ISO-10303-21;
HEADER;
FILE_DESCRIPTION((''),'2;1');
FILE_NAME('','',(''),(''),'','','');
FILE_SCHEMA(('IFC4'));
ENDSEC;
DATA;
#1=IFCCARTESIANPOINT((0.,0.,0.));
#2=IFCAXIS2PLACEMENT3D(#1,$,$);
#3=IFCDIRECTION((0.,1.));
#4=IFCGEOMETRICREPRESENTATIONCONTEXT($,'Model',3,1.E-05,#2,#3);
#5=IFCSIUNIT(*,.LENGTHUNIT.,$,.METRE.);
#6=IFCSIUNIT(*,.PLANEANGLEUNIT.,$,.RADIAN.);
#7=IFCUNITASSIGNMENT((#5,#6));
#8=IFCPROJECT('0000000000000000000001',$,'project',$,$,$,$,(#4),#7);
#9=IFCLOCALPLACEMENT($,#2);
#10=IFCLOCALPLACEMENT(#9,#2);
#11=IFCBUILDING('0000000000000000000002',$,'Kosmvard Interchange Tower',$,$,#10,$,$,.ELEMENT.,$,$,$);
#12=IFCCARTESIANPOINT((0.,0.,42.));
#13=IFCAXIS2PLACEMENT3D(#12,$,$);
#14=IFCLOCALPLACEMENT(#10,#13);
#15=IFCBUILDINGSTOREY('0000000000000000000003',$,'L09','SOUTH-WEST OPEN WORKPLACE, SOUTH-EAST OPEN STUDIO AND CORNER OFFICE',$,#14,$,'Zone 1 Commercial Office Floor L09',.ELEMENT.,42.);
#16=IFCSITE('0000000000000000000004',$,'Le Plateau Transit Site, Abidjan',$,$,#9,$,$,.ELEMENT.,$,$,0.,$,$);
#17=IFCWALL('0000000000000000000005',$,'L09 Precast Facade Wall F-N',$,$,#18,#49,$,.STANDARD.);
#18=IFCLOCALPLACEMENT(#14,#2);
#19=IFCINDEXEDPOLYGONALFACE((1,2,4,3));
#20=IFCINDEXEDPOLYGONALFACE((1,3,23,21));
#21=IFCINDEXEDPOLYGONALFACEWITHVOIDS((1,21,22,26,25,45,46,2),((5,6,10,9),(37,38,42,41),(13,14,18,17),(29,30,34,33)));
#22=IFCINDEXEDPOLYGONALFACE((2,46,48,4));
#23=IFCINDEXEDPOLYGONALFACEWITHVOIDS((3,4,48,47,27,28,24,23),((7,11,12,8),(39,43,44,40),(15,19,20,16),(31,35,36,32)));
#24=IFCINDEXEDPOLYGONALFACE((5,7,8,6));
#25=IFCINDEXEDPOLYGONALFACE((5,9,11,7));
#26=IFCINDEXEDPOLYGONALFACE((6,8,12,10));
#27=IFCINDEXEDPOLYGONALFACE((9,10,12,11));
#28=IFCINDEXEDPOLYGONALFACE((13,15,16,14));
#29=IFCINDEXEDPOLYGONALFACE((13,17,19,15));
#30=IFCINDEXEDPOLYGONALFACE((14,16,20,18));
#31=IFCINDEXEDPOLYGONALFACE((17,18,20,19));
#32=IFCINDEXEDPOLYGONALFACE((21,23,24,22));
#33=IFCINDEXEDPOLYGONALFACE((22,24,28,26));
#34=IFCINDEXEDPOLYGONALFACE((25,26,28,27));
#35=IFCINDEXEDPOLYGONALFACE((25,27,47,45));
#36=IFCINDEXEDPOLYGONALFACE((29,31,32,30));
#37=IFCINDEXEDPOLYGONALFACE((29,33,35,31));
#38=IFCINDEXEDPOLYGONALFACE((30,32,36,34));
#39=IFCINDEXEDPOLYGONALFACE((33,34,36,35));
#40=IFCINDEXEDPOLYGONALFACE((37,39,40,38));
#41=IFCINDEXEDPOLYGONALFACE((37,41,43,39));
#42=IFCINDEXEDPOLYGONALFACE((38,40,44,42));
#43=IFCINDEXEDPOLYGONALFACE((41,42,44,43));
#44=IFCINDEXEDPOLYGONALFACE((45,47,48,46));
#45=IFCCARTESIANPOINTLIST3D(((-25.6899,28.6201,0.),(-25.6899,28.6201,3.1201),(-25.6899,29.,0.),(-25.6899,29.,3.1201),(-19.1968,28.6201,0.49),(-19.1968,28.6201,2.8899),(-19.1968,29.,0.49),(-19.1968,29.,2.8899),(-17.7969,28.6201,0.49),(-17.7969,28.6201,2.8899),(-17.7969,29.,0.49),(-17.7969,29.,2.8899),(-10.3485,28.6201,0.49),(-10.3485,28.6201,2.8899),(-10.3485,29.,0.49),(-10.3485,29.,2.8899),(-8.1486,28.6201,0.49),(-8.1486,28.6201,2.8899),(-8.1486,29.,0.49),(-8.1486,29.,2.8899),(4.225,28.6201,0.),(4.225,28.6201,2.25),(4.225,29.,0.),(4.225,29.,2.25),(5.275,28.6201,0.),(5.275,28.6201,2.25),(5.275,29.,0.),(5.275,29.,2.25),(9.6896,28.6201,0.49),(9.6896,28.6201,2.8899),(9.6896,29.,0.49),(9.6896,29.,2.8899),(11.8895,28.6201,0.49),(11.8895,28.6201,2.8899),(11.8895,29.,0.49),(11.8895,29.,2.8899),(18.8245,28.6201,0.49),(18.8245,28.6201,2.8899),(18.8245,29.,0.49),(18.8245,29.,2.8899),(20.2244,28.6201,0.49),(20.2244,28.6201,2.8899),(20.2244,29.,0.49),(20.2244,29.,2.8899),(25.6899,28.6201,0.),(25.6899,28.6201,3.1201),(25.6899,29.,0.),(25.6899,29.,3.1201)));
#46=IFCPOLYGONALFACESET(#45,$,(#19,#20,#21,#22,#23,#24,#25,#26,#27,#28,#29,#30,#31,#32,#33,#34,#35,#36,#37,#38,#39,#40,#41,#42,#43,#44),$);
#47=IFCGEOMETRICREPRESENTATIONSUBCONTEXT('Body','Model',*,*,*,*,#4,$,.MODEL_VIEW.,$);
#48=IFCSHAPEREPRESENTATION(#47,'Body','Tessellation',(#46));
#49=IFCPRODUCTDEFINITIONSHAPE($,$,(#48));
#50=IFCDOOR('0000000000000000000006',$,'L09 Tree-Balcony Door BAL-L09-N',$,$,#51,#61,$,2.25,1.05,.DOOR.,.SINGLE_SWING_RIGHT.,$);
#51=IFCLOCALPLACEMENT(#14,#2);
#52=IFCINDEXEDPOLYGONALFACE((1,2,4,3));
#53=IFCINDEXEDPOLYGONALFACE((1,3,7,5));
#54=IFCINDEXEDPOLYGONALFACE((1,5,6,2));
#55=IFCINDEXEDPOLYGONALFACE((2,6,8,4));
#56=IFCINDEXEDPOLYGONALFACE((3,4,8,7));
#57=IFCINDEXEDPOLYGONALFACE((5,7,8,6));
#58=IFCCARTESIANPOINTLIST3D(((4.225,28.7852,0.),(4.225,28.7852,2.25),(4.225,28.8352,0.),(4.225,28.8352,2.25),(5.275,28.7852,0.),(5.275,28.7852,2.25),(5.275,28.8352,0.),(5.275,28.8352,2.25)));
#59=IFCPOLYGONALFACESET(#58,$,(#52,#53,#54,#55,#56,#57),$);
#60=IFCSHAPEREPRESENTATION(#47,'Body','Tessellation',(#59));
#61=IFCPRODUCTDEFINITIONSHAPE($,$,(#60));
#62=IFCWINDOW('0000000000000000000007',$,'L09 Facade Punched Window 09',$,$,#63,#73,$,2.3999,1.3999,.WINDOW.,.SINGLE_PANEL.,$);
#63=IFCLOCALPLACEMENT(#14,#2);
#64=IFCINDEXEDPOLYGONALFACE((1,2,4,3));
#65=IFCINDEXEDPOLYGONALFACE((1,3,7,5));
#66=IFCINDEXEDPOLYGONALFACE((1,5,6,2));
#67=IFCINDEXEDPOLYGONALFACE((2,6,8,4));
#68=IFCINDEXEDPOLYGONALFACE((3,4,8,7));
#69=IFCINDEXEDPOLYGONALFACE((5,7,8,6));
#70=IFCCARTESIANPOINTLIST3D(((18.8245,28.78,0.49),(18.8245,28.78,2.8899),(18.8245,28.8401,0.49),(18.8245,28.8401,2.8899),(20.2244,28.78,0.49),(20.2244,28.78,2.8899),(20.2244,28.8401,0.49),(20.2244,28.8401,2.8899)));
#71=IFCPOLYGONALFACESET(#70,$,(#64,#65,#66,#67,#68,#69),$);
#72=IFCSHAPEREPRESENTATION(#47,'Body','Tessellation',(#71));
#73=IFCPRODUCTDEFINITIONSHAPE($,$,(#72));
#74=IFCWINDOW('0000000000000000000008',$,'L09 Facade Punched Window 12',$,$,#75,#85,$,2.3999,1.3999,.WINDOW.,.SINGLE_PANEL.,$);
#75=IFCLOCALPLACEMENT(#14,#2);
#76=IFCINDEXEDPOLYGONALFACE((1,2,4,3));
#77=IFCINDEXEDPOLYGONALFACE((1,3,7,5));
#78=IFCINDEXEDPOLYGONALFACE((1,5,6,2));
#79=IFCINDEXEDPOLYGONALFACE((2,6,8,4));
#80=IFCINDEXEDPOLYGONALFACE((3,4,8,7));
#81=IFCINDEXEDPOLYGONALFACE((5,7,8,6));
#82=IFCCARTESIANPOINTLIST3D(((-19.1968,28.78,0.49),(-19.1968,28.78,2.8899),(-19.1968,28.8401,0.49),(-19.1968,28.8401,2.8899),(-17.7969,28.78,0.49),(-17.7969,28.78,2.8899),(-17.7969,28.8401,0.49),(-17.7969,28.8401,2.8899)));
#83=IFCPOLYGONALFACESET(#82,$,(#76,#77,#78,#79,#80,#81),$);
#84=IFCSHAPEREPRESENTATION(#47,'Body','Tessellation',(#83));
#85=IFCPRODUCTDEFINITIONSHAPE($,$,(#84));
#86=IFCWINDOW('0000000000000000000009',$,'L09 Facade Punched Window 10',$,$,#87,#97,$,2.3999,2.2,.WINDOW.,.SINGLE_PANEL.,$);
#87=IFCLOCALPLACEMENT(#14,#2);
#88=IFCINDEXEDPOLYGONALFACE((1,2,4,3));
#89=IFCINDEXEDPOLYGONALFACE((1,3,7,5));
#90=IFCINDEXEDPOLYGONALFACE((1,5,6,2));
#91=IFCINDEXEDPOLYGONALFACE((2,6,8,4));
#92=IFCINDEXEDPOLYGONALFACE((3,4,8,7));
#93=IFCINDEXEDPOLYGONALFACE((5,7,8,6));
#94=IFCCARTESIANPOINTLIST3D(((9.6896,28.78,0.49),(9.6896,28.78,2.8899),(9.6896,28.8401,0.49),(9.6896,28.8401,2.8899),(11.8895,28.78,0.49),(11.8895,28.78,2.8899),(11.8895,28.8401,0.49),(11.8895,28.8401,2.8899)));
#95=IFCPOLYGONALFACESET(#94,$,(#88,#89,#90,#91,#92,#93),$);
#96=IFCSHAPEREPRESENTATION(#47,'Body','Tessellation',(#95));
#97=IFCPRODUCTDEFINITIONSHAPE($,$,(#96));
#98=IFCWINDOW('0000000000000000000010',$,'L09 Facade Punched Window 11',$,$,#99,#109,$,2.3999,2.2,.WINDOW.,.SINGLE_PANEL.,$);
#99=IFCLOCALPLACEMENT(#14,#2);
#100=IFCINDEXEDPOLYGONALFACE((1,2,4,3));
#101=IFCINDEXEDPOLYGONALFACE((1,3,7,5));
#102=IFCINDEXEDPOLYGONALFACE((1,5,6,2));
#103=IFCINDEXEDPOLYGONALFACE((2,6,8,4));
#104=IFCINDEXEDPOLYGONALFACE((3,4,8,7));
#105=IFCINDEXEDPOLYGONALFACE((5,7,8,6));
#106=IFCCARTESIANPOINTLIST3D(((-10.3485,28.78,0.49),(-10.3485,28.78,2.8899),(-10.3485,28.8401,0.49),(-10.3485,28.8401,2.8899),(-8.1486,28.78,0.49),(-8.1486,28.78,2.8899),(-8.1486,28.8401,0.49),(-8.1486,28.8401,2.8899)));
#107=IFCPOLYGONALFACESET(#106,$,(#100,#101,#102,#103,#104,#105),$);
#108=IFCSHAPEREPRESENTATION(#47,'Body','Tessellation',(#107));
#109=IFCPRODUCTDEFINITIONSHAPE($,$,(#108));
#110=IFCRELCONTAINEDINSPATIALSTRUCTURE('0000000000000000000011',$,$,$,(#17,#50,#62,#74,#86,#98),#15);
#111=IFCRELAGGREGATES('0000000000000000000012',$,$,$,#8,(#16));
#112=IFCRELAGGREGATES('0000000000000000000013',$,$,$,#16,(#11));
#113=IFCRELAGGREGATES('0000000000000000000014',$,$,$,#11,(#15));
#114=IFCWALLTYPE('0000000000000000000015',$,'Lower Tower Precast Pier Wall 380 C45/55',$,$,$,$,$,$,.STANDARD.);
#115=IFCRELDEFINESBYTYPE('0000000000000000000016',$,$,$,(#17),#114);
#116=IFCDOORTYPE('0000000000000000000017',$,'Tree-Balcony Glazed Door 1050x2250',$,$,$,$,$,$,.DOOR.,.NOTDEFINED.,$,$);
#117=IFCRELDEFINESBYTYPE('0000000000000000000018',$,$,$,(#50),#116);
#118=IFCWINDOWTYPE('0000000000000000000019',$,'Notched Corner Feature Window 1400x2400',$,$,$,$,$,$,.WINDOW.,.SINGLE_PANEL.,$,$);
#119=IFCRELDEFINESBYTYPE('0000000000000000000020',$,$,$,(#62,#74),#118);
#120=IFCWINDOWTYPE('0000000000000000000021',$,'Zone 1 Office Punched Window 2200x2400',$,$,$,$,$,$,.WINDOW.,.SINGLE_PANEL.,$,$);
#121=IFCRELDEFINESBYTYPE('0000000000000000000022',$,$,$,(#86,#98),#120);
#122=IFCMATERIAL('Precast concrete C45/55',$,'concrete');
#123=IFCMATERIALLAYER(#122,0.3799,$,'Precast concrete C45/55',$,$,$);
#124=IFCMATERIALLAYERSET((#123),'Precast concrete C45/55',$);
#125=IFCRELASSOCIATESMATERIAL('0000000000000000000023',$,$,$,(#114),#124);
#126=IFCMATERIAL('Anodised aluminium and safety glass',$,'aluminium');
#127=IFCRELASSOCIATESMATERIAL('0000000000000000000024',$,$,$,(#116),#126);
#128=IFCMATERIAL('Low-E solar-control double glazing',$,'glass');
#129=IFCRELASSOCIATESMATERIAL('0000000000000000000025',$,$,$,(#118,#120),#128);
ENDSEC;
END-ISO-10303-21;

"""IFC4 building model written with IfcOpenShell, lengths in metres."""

from ifc_helpers import new_model, si_unit, direction, frame, frame_2d, origin, place, context, subcontext, project, spatial, rectangle, extrude, source, transform, mapped, material, layer, layer_set, type_object, element, fill, save


model = new_model("IFC4")

# Units and contexts
model_context = context("Model", 3, precision=1e-05, world=origin(), true_north=direction((0.0, 1.0)))
body_context = subcontext(model_context, "Body", "Model", "MODEL_VIEW")
ifc_project = project(units=[si_unit("LENGTHUNIT", "METRE"), si_unit("PLANEANGLEUNIT", "RADIAN")], contexts=[model_context])

# Site, building, storey
site_placement = place(None, origin())
site = spatial("IfcSite", under=ifc_project, at=site_placement, Name="Le Plateau Transit Site, Abidjan", CompositionType="ELEMENT", RefElevation=0.0)
building_placement = place(site_placement, origin())
building = spatial("IfcBuilding", under=site, at=building_placement, Name="Kosmvard Interchange Tower", CompositionType="ELEMENT")
storey_placement = place(building_placement, frame((0.0, 0.0, 42.0)))
storey = spatial("IfcBuildingStorey", under=building, at=storey_placement, Name="L09", Description="SOUTH-WEST OPEN WORKPLACE, SOUTH-EAST OPEN STUDIO AND CORNER OFFICE", LongName="Zone 1 Commercial Office Floor L09", CompositionType="ELEMENT", Elevation=42.0)

# Shared definitions
ifc_material_1 = material(Name="Precast concrete C45/55", Category="concrete")

# Shared definitions
ifc_layer_1 = layer(ifc_material_1, 0.3799, Name="Precast concrete C45/55")
ifc_layer_set_1 = layer_set([ifc_layer_1], Name="Precast concrete C45/55")
wall_type = type_object("IfcWallType", Name="Lower Tower Precast Pier Wall 380 C45/55", PredefinedType="STANDARD", material=ifc_layer_set_1)

# Wall, openings, door, windows
wall_1_placement = place(storey_placement, frame((25.6899, 28.8101, 0.0), z_axis=(0.0, 0.0, 1.0), x_axis=(-1.0, 0.0, 0.0)))
wall_1 = element("IfcWall", 1, at=wall_1_placement, inside=storey, type_object=wall_type, Name="L09 Precast Facade Wall F-N", PredefinedType="STANDARD", context=body_context, shape_type="SweptSolid", body=[
    extrude(rectangle(XDim=51.3799, YDim=0.3799, at=frame_2d((25.6899, 0.0))), origin(), (0.0, 0.0, 1.0), 3.1201),
])
opening_1_placement = place(wall_1_placement, frame((20.415, 0.0, 0.0)))
opening_1 = element("IfcOpeningElement", 2, at=opening_1_placement, cuts=wall_1, PredefinedType="OPENING", context=body_context, shape_type="SweptSolid", body=[
    extrude(rectangle(XDim=1.05, YDim=2.25, at=frame_2d((0.5249, 1.125))), frame((0.0, 0.2, 0.0), z_axis=(0.0, -1.0, 0.0), x_axis=(1.0, 0.0, 0.0)), (0.0, 0.0, 1.0), 0.3999),
])
opening_2_placement = place(wall_1_placement, frame((5.4656, 0.0, 0.49)))
opening_2 = element("IfcOpeningElement", 3, at=opening_2_placement, cuts=wall_1, PredefinedType="OPENING", context=body_context, shape_type="SweptSolid", body=[
    extrude(rectangle(XDim=1.3999, YDim=2.3999, at=frame_2d((0.7, 1.2))), frame((0.0, 0.2, 0.0), z_axis=(0.0, -1.0, 0.0), x_axis=(1.0, 0.0, 0.0)), (0.0, 0.0, 1.0), 0.3999),
])
opening_3_placement = place(wall_1_placement, frame((13.8003, 0.0, 0.49)))
opening_3 = element("IfcOpeningElement", 4, at=opening_3_placement, cuts=wall_1, PredefinedType="OPENING", context=body_context, shape_type="SweptSolid", body=[
    extrude(rectangle(XDim=2.2, YDim=2.3999, at=frame_2d((1.1001, 1.2))), frame((0.0, 0.2, 0.0), z_axis=(0.0, -1.0, 0.0), x_axis=(1.0, 0.0, 0.0)), (0.0, 0.0, 1.0), 0.3999),
])
opening_4_placement = place(wall_1_placement, frame((33.8384, 0.0, 0.49)))
opening_4 = element("IfcOpeningElement", 5, at=opening_4_placement, cuts=wall_1, PredefinedType="OPENING", context=body_context, shape_type="SweptSolid", body=[
    extrude(rectangle(XDim=2.2, YDim=2.3999, at=frame_2d((1.1001, 1.2))), frame((0.0, 0.2, 0.0), z_axis=(0.0, -1.0, 0.0), x_axis=(1.0, 0.0, 0.0)), (0.0, 0.0, 1.0), 0.3999),
])
opening_5_placement = place(wall_1_placement, frame((43.4868, 0.0, 0.49)))
opening_5 = element("IfcOpeningElement", 6, at=opening_5_placement, cuts=wall_1, PredefinedType="OPENING", context=body_context, shape_type="SweptSolid", body=[
    extrude(rectangle(XDim=1.3999, YDim=2.3999, at=frame_2d((0.7, 1.2))), frame((0.0, 0.2, 0.0), z_axis=(0.0, -1.0, 0.0), x_axis=(1.0, 0.0, 0.0)), (0.0, 0.0, 1.0), 0.3999),
])
ifc_material_2 = material(Name="Anodised aluminium and safety glass", Category="aluminium")
door_type = type_object("IfcDoorType", Name="Tree-Balcony Glazed Door 1050x2250", OperationType="NOTDEFINED", PredefinedType="DOOR", material=ifc_material_2)
shared_shape_1 = source(origin(), body_context, "Body", "SweptSolid", [
    extrude(rectangle(XDim=1.05, YDim=2.25, at=frame_2d((0.5249, 1.125))), frame((0.0, 0.0249, 0.0), z_axis=(0.0, -1.0, 0.0), x_axis=(1.0, 0.0, 0.0)), (0.0, 0.0, 1.0), 0.05),
])
door_placement = place(opening_1_placement, origin())
door = element("IfcDoor", 7, at=door_placement, inside=storey, type_object=door_type, Name="L09 Tree-Balcony Door BAL-L09-N", OperationType="SINGLE_SWING_RIGHT", OverallHeight=2.25, OverallWidth=1.05, PredefinedType="DOOR", context=body_context, shape_type="MappedRepresentation", body=[
    mapped(shared_shape_1, transform((0.0, 0.0, 0.0), scale=1.0)),
])
fill(opening_1, door)
ifc_material_3 = material(Name="Low-E solar-control double glazing", Category="glass")
window_type_1 = type_object("IfcWindowType", Name="Notched Corner Feature Window 1400x2400", PartitioningType="SINGLE_PANEL", PredefinedType="WINDOW", material=ifc_material_3)
shared_shape_2 = source(origin(), body_context, "Body", "SweptSolid", [
    extrude(rectangle(XDim=1.3999, YDim=2.3999, at=frame_2d((0.7, 1.2))), frame((0.0, 0.03, 0.0), z_axis=(0.0, -1.0, 0.0), x_axis=(1.0, 0.0, 0.0)), (0.0, 0.0, 1.0), 0.0601),
])
window_1_placement = place(opening_2_placement, origin())
window_1 = element("IfcWindow", 8, at=window_1_placement, inside=storey, type_object=window_type_1, Name="L09 Facade Punched Window 09", OverallHeight=2.3999, OverallWidth=1.3999, PartitioningType="SINGLE_PANEL", PredefinedType="WINDOW", context=body_context, shape_type="MappedRepresentation", body=[
    mapped(shared_shape_2, transform((0.0, 0.0, 0.0), scale=1.0)),
])
fill(opening_2, window_1)
window_2_placement = place(opening_5_placement, origin())
window_2 = element("IfcWindow", 9, at=window_2_placement, inside=storey, type_object=window_type_1, Name="L09 Facade Punched Window 12", OverallHeight=2.3999, OverallWidth=1.3999, PartitioningType="SINGLE_PANEL", PredefinedType="WINDOW", context=body_context, shape_type="MappedRepresentation", body=[
    mapped(shared_shape_2, transform((0.0, 0.0, 0.0), scale=1.0)),
])
fill(opening_5, window_2)
window_type_2 = type_object("IfcWindowType", Name="Zone 1 Office Punched Window 2200x2400", PartitioningType="SINGLE_PANEL", PredefinedType="WINDOW", material=ifc_material_3)
shared_shape_3 = source(origin(), body_context, "Body", "SweptSolid", [
    extrude(rectangle(XDim=2.2, YDim=2.3999, at=frame_2d((1.1001, 1.2))), frame((0.0, 0.03, 0.0), z_axis=(0.0, -1.0, 0.0), x_axis=(1.0, 0.0, 0.0)), (0.0, 0.0, 1.0), 0.0601),
])
window_3_placement = place(opening_3_placement, origin())
window_3 = element("IfcWindow", 10, at=window_3_placement, inside=storey, type_object=window_type_2, Name="L09 Facade Punched Window 10", OverallHeight=2.3999, OverallWidth=2.2, PartitioningType="SINGLE_PANEL", PredefinedType="WINDOW", context=body_context, shape_type="MappedRepresentation", body=[
    mapped(shared_shape_3, transform((0.0, 0.0, 0.0), scale=1.0)),
])
fill(opening_3, window_3)
window_4_placement = place(opening_4_placement, origin())
window_4 = element("IfcWindow", 11, at=window_4_placement, inside=storey, type_object=window_type_2, Name="L09 Facade Punched Window 11", OverallHeight=2.3999, OverallWidth=2.2, PartitioningType="SINGLE_PANEL", PredefinedType="WINDOW", context=body_context, shape_type="MappedRepresentation", body=[
    mapped(shared_shape_3, transform((0.0, 0.0, 0.0), scale=1.0)),
])
fill(opening_4, window_4)

save(model, "model.ifc")
